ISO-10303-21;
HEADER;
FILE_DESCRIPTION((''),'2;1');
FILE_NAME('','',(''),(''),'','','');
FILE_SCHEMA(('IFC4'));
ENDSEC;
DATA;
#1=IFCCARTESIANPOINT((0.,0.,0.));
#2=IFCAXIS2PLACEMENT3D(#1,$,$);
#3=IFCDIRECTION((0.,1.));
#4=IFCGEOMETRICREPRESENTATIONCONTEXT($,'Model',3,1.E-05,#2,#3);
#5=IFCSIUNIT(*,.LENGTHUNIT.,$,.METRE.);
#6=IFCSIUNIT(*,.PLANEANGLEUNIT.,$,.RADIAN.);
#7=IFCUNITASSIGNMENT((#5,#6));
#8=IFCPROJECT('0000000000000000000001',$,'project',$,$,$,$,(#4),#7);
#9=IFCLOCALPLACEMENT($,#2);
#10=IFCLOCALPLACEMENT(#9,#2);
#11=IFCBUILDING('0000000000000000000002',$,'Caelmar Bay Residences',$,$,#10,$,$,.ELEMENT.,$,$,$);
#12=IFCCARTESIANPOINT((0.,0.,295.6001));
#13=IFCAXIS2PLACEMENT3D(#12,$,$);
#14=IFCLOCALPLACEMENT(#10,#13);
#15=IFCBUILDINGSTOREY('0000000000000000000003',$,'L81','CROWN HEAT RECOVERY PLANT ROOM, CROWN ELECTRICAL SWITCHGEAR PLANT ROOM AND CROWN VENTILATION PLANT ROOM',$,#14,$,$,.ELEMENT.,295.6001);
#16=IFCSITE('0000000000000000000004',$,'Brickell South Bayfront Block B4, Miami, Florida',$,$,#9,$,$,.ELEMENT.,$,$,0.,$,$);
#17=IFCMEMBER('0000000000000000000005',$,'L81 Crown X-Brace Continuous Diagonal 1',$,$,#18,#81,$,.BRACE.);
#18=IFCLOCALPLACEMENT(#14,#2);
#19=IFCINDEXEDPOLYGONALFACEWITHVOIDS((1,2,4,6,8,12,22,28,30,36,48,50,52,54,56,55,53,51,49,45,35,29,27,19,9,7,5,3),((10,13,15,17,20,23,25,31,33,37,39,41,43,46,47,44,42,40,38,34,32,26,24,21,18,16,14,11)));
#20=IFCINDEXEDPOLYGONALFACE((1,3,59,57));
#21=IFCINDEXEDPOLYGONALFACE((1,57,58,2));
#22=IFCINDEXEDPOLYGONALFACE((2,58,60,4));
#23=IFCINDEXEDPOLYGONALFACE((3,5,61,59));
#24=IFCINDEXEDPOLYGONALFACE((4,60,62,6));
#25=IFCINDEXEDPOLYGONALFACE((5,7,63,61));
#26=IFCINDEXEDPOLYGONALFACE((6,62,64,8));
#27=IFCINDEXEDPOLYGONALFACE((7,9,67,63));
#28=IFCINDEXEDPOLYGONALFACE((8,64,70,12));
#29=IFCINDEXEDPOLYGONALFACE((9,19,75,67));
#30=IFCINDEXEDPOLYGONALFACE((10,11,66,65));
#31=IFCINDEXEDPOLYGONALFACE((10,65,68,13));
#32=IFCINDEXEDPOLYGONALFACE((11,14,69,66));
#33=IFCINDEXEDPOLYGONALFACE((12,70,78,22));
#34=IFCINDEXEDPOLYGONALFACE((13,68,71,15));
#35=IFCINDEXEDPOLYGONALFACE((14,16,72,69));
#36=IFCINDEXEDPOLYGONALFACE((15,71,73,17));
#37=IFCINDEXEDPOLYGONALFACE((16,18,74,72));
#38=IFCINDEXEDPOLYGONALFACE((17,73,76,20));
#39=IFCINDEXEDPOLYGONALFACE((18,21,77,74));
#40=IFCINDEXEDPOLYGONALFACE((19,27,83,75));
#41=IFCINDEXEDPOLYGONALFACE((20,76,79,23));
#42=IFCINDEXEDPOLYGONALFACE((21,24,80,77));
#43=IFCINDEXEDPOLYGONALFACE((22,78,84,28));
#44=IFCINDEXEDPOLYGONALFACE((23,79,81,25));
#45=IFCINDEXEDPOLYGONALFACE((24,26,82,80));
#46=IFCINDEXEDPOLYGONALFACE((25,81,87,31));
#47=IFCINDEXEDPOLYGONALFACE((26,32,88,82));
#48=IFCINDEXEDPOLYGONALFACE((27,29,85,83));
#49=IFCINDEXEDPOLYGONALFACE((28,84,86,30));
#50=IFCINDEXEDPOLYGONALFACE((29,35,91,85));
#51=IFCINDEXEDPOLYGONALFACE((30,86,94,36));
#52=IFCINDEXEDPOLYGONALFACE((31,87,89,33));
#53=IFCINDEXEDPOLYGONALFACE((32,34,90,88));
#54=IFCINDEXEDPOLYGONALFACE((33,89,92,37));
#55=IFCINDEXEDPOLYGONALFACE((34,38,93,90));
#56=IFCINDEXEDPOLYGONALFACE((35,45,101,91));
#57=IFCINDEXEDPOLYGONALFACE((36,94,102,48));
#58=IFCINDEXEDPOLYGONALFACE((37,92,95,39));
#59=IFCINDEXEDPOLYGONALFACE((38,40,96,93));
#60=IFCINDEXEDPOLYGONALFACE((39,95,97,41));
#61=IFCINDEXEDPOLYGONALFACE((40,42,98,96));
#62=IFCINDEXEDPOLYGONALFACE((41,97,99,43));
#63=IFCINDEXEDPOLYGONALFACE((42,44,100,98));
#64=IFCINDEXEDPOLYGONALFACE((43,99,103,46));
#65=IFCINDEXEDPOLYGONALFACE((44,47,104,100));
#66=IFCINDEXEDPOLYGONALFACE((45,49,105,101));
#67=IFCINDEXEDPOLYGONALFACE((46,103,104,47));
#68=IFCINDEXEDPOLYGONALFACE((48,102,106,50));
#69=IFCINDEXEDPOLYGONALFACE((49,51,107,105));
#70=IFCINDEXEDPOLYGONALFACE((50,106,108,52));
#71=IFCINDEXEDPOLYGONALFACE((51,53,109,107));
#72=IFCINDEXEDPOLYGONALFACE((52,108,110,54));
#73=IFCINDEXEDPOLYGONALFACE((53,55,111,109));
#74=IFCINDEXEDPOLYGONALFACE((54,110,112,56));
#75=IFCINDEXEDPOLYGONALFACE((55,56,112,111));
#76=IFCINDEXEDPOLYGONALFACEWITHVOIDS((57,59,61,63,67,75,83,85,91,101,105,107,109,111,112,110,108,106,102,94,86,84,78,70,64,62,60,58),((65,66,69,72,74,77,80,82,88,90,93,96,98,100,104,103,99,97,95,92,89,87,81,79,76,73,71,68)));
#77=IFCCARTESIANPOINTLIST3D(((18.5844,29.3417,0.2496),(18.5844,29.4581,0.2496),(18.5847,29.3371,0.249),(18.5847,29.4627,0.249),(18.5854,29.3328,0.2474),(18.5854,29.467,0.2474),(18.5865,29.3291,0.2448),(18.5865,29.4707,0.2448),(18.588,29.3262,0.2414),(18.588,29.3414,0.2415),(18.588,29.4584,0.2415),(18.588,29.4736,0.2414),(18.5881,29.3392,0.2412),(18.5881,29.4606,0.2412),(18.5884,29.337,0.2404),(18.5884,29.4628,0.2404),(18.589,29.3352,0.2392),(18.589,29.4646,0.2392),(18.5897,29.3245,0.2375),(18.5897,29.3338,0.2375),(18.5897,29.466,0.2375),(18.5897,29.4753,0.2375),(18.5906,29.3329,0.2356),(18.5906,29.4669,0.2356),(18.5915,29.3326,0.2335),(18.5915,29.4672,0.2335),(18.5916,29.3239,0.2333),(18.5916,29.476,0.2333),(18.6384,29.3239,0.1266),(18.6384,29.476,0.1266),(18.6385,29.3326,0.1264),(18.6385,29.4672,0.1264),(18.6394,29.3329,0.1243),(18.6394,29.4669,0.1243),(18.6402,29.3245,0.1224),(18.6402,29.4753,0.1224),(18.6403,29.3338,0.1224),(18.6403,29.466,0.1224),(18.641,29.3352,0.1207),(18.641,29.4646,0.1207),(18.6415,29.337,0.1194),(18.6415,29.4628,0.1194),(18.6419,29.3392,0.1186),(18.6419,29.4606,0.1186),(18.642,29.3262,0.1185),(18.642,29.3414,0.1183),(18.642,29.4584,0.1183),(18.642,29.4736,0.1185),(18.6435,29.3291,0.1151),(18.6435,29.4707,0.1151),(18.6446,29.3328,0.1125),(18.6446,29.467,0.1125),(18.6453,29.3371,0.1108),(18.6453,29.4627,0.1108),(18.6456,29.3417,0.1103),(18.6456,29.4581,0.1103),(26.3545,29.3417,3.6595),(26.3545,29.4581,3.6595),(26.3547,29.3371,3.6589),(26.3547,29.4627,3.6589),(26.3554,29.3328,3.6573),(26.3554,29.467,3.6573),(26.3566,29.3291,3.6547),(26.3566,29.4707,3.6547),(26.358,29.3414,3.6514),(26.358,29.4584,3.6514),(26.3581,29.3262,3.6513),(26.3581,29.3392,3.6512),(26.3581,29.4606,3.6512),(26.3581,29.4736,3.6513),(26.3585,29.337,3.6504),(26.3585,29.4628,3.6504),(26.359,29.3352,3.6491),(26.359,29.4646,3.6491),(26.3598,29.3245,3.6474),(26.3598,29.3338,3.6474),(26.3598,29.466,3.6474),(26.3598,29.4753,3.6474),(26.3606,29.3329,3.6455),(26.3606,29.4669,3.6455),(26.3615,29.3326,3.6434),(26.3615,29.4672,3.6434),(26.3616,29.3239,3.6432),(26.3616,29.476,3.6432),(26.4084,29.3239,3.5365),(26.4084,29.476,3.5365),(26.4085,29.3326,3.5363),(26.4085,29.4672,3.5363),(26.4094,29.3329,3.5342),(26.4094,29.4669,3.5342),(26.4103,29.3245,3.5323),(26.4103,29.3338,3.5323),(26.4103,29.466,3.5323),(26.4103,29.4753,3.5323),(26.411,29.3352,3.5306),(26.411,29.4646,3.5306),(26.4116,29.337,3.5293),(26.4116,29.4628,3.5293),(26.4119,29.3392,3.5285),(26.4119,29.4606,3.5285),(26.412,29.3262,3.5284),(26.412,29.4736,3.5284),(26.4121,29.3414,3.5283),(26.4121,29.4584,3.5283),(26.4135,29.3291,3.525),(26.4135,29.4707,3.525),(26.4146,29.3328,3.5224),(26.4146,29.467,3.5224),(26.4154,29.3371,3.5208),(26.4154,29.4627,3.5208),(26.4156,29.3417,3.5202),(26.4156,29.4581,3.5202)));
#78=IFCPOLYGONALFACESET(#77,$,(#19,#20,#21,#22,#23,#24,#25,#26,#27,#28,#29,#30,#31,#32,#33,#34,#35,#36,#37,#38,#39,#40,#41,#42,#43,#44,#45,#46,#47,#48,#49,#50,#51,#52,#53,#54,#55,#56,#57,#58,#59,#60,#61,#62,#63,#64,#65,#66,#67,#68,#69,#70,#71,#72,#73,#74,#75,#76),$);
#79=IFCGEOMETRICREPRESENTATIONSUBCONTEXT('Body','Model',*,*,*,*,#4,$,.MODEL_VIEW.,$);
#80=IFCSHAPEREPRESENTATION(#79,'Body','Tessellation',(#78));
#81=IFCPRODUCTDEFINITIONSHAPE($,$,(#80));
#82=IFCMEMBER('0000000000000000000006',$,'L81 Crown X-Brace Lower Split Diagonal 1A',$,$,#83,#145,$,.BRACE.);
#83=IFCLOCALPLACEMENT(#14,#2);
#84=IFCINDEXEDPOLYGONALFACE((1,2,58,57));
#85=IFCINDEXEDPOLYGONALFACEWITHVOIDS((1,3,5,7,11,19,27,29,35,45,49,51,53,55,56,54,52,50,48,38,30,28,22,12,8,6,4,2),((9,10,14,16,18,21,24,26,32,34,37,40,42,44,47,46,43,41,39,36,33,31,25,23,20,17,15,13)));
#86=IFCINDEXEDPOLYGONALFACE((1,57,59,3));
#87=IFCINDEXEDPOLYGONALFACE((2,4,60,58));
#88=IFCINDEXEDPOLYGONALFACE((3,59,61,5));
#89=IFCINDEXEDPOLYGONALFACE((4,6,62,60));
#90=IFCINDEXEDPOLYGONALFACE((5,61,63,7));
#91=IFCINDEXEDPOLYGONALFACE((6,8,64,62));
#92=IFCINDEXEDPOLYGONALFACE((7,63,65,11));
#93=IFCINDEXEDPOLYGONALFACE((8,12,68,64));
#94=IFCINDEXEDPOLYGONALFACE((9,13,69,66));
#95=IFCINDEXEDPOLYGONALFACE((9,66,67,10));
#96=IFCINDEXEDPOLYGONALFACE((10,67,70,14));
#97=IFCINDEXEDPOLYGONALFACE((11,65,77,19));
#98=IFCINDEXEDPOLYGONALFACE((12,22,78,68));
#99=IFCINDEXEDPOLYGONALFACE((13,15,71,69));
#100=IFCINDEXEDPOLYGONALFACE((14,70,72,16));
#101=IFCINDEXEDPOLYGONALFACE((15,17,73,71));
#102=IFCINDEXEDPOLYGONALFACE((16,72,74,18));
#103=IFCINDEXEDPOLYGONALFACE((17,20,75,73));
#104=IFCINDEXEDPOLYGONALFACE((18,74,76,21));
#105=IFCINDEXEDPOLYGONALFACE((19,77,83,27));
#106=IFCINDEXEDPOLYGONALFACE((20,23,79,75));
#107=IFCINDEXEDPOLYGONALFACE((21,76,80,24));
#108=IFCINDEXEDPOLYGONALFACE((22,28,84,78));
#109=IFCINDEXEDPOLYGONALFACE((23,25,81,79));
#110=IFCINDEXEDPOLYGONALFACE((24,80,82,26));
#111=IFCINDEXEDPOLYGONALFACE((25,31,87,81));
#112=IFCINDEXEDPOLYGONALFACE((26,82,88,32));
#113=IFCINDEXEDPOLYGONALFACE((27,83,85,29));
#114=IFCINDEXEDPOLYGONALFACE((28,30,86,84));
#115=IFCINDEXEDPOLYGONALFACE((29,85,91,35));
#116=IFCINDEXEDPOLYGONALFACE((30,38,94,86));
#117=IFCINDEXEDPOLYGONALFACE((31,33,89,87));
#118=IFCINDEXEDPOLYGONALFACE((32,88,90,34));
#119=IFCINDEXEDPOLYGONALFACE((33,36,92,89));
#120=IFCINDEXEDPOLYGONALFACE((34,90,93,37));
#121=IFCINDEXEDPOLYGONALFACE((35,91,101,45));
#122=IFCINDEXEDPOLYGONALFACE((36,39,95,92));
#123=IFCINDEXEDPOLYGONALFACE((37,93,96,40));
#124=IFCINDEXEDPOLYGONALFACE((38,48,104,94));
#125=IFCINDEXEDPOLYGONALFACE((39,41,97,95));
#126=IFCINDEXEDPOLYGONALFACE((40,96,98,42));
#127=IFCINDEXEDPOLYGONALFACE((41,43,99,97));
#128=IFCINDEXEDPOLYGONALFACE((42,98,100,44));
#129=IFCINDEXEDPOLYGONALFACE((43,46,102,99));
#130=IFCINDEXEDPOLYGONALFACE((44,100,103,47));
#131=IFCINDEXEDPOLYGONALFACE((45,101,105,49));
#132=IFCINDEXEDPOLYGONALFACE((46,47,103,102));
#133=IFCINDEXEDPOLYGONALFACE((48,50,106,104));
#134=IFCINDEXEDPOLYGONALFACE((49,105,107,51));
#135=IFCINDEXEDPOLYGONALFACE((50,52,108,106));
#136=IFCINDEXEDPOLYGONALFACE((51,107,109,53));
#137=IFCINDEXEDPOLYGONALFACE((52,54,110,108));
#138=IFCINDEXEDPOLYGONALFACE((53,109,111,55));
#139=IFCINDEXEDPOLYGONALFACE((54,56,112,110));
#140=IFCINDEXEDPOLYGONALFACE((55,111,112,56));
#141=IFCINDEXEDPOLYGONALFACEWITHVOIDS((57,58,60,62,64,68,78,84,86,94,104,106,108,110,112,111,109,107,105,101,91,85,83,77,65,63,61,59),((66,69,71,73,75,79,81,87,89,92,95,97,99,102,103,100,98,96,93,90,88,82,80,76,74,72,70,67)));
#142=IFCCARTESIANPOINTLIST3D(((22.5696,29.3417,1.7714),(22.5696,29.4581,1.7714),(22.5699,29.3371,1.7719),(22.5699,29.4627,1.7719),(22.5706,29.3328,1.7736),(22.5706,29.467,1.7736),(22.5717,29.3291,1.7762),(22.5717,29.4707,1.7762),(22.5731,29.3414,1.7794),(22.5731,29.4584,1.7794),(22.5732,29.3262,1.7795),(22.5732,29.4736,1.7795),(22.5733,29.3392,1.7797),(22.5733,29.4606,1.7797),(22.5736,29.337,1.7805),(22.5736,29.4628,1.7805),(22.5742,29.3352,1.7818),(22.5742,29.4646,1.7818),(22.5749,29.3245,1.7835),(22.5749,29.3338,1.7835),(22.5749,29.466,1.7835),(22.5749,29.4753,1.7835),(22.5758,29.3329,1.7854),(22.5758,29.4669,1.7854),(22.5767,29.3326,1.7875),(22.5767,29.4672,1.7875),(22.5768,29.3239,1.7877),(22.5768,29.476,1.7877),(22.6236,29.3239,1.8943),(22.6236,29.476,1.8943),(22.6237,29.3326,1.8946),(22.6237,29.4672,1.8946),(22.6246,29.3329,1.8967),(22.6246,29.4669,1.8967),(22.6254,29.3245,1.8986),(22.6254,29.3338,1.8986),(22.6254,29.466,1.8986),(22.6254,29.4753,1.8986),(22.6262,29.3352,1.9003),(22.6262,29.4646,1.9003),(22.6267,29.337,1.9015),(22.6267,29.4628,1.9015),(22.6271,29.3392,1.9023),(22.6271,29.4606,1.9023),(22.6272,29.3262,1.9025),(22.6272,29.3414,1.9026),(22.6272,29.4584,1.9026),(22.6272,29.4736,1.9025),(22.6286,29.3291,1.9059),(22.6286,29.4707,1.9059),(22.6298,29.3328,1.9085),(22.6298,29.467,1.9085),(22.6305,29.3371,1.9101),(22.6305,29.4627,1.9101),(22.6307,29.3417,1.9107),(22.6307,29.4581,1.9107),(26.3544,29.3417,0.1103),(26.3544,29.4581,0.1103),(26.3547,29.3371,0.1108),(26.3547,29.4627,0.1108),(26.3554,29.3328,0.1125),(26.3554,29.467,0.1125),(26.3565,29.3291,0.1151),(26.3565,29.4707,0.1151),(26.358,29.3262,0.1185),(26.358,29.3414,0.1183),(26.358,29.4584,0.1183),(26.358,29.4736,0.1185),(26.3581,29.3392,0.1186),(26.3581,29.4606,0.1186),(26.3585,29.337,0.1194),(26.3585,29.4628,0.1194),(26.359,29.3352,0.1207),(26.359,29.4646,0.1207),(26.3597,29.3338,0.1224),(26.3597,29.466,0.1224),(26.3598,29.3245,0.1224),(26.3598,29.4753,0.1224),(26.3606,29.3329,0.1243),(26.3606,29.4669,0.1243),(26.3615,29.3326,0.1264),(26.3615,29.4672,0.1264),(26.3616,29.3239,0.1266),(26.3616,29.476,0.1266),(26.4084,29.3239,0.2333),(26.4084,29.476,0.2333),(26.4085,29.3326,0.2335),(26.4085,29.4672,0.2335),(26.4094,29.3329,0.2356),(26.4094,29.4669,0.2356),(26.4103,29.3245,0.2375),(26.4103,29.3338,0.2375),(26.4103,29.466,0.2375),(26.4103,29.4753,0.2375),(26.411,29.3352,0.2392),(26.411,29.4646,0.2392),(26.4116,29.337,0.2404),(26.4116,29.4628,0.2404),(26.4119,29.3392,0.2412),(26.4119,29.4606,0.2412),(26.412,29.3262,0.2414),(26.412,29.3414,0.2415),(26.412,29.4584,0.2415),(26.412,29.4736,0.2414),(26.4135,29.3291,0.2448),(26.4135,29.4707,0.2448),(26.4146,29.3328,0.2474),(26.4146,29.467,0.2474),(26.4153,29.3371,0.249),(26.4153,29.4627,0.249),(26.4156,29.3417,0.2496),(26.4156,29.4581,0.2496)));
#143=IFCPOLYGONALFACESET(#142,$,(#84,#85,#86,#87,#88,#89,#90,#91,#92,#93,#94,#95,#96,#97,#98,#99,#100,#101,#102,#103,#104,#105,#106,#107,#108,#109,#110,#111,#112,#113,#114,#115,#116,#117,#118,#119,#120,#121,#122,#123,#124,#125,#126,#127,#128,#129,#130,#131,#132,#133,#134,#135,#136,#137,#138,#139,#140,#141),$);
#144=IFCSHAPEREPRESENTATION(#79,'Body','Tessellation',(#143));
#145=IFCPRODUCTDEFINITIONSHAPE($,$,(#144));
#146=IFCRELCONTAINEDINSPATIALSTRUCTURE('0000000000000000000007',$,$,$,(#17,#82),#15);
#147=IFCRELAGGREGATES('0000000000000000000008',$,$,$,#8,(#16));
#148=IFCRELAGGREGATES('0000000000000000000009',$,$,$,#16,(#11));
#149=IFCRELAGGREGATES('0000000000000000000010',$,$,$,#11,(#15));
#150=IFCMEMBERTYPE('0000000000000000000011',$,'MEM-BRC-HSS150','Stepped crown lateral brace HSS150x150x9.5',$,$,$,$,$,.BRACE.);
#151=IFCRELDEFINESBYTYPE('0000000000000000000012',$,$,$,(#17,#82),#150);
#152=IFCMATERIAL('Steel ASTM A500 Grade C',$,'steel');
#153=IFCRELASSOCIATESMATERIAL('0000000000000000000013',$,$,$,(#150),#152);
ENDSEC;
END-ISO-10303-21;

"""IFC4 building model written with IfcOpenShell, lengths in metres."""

from ifc_helpers import new_model, si_unit, direction, frame, origin, origin_2d, place, context, subcontext, project, spatial, hollow_rectangle, extrude, material, material_profile, profile_set, type_object, element, save


model = new_model("IFC4")

# Units and contexts
model_context = context("Model", 3, precision=1e-05, world=origin(), true_north=direction((0.0, 1.0)))
body_context = subcontext(model_context, "Body", "Model", "MODEL_VIEW")
ifc_project = project(units=[si_unit("LENGTHUNIT", "METRE"), si_unit("PLANEANGLEUNIT", "RADIAN")], contexts=[model_context])

# Site, building, storey
site_placement = place(None, origin())
site = spatial("IfcSite", under=ifc_project, at=site_placement, Name="Brickell South Bayfront Block B4, Miami, Florida", CompositionType="ELEMENT", RefElevation=0.0)
building_placement = place(site_placement, origin())
building = spatial("IfcBuilding", under=site, at=building_placement, Name="Caelmar Bay Residences", CompositionType="ELEMENT")
storey_placement = place(building_placement, frame((0.0, 0.0, 295.6001)))
storey = spatial("IfcBuildingStorey", under=building, at=storey_placement, Name="L81", Description="CROWN HEAT RECOVERY PLANT ROOM, CROWN ELECTRICAL SWITCHGEAR PLANT ROOM AND CROWN VENTILATION PLANT ROOM", CompositionType="ELEMENT", Elevation=295.6001)

# Members
ifc_material_1 = material(Name="Steel ASTM A500 Grade C", Category="steel")
ifc_material_profile_1 = material_profile(ifc_material_1, hollow_rectangle(XDim=0.1521, YDim=0.1521, WallThickness=0.0088, InnerFilletRadius=0.0088, OuterFilletRadius=0.0178, at=origin_2d()), Name="HSS150X150X9.5")
ifc_profile_set_1 = profile_set([ifc_material_profile_1], Name="Steel ASTM A500 Grade C")
member_type_1 = type_object("IfcMemberType", Name="MEM-BRC-HSS150", Description="Stepped crown lateral brace HSS150x150x9.5", PredefinedType="BRACE", material=ifc_profile_set_1)
member_1_placement = place(storey_placement, frame((18.615, 29.3999, 0.1799), z_axis=(0.915701, 0.0, 0.40186), x_axis=(0.0, 1.0, 0.0)))
element("IfcMember", 1, at=member_1_placement, inside=storey, type_object=member_type_1, Name="L81 Crown X-Brace Continuous Diagonal 1", PredefinedType="BRACE", context=body_context, shape_type="SweptSolid", body=[
    extrude(hollow_rectangle(XDim=0.1521, YDim=0.1521, WallThickness=0.0088, InnerFilletRadius=0.0088, OuterFilletRadius=0.0178, at=origin_2d()), origin(), (0.0, 0.0, 1.0), 8.4854),
])
for number, where, z_axis, x_axis, name in (
    (2, (26.385, 29.3999, 0.1799), (-0.915692, 0.0, 0.401881), (0.0, -1.0, 0.0), "L81 Crown X-Brace Lower Split Diagonal 1A"),
):
    element("IfcMember", number, at=place(storey_placement, frame(where, z_axis=z_axis, x_axis=x_axis)), inside=storey, type_object=member_type_1, Name=name, PredefinedType="BRACE", context=body_context, shape_type="SweptSolid", body=[
        extrude(hollow_rectangle(XDim=0.1521, YDim=0.1521, WallThickness=0.0088, InnerFilletRadius=0.0088, OuterFilletRadius=0.0178, at=origin_2d()), origin(), (0.0, 0.0, 1.0), 4.1333),
    ])

save(model, "model.ifc")
